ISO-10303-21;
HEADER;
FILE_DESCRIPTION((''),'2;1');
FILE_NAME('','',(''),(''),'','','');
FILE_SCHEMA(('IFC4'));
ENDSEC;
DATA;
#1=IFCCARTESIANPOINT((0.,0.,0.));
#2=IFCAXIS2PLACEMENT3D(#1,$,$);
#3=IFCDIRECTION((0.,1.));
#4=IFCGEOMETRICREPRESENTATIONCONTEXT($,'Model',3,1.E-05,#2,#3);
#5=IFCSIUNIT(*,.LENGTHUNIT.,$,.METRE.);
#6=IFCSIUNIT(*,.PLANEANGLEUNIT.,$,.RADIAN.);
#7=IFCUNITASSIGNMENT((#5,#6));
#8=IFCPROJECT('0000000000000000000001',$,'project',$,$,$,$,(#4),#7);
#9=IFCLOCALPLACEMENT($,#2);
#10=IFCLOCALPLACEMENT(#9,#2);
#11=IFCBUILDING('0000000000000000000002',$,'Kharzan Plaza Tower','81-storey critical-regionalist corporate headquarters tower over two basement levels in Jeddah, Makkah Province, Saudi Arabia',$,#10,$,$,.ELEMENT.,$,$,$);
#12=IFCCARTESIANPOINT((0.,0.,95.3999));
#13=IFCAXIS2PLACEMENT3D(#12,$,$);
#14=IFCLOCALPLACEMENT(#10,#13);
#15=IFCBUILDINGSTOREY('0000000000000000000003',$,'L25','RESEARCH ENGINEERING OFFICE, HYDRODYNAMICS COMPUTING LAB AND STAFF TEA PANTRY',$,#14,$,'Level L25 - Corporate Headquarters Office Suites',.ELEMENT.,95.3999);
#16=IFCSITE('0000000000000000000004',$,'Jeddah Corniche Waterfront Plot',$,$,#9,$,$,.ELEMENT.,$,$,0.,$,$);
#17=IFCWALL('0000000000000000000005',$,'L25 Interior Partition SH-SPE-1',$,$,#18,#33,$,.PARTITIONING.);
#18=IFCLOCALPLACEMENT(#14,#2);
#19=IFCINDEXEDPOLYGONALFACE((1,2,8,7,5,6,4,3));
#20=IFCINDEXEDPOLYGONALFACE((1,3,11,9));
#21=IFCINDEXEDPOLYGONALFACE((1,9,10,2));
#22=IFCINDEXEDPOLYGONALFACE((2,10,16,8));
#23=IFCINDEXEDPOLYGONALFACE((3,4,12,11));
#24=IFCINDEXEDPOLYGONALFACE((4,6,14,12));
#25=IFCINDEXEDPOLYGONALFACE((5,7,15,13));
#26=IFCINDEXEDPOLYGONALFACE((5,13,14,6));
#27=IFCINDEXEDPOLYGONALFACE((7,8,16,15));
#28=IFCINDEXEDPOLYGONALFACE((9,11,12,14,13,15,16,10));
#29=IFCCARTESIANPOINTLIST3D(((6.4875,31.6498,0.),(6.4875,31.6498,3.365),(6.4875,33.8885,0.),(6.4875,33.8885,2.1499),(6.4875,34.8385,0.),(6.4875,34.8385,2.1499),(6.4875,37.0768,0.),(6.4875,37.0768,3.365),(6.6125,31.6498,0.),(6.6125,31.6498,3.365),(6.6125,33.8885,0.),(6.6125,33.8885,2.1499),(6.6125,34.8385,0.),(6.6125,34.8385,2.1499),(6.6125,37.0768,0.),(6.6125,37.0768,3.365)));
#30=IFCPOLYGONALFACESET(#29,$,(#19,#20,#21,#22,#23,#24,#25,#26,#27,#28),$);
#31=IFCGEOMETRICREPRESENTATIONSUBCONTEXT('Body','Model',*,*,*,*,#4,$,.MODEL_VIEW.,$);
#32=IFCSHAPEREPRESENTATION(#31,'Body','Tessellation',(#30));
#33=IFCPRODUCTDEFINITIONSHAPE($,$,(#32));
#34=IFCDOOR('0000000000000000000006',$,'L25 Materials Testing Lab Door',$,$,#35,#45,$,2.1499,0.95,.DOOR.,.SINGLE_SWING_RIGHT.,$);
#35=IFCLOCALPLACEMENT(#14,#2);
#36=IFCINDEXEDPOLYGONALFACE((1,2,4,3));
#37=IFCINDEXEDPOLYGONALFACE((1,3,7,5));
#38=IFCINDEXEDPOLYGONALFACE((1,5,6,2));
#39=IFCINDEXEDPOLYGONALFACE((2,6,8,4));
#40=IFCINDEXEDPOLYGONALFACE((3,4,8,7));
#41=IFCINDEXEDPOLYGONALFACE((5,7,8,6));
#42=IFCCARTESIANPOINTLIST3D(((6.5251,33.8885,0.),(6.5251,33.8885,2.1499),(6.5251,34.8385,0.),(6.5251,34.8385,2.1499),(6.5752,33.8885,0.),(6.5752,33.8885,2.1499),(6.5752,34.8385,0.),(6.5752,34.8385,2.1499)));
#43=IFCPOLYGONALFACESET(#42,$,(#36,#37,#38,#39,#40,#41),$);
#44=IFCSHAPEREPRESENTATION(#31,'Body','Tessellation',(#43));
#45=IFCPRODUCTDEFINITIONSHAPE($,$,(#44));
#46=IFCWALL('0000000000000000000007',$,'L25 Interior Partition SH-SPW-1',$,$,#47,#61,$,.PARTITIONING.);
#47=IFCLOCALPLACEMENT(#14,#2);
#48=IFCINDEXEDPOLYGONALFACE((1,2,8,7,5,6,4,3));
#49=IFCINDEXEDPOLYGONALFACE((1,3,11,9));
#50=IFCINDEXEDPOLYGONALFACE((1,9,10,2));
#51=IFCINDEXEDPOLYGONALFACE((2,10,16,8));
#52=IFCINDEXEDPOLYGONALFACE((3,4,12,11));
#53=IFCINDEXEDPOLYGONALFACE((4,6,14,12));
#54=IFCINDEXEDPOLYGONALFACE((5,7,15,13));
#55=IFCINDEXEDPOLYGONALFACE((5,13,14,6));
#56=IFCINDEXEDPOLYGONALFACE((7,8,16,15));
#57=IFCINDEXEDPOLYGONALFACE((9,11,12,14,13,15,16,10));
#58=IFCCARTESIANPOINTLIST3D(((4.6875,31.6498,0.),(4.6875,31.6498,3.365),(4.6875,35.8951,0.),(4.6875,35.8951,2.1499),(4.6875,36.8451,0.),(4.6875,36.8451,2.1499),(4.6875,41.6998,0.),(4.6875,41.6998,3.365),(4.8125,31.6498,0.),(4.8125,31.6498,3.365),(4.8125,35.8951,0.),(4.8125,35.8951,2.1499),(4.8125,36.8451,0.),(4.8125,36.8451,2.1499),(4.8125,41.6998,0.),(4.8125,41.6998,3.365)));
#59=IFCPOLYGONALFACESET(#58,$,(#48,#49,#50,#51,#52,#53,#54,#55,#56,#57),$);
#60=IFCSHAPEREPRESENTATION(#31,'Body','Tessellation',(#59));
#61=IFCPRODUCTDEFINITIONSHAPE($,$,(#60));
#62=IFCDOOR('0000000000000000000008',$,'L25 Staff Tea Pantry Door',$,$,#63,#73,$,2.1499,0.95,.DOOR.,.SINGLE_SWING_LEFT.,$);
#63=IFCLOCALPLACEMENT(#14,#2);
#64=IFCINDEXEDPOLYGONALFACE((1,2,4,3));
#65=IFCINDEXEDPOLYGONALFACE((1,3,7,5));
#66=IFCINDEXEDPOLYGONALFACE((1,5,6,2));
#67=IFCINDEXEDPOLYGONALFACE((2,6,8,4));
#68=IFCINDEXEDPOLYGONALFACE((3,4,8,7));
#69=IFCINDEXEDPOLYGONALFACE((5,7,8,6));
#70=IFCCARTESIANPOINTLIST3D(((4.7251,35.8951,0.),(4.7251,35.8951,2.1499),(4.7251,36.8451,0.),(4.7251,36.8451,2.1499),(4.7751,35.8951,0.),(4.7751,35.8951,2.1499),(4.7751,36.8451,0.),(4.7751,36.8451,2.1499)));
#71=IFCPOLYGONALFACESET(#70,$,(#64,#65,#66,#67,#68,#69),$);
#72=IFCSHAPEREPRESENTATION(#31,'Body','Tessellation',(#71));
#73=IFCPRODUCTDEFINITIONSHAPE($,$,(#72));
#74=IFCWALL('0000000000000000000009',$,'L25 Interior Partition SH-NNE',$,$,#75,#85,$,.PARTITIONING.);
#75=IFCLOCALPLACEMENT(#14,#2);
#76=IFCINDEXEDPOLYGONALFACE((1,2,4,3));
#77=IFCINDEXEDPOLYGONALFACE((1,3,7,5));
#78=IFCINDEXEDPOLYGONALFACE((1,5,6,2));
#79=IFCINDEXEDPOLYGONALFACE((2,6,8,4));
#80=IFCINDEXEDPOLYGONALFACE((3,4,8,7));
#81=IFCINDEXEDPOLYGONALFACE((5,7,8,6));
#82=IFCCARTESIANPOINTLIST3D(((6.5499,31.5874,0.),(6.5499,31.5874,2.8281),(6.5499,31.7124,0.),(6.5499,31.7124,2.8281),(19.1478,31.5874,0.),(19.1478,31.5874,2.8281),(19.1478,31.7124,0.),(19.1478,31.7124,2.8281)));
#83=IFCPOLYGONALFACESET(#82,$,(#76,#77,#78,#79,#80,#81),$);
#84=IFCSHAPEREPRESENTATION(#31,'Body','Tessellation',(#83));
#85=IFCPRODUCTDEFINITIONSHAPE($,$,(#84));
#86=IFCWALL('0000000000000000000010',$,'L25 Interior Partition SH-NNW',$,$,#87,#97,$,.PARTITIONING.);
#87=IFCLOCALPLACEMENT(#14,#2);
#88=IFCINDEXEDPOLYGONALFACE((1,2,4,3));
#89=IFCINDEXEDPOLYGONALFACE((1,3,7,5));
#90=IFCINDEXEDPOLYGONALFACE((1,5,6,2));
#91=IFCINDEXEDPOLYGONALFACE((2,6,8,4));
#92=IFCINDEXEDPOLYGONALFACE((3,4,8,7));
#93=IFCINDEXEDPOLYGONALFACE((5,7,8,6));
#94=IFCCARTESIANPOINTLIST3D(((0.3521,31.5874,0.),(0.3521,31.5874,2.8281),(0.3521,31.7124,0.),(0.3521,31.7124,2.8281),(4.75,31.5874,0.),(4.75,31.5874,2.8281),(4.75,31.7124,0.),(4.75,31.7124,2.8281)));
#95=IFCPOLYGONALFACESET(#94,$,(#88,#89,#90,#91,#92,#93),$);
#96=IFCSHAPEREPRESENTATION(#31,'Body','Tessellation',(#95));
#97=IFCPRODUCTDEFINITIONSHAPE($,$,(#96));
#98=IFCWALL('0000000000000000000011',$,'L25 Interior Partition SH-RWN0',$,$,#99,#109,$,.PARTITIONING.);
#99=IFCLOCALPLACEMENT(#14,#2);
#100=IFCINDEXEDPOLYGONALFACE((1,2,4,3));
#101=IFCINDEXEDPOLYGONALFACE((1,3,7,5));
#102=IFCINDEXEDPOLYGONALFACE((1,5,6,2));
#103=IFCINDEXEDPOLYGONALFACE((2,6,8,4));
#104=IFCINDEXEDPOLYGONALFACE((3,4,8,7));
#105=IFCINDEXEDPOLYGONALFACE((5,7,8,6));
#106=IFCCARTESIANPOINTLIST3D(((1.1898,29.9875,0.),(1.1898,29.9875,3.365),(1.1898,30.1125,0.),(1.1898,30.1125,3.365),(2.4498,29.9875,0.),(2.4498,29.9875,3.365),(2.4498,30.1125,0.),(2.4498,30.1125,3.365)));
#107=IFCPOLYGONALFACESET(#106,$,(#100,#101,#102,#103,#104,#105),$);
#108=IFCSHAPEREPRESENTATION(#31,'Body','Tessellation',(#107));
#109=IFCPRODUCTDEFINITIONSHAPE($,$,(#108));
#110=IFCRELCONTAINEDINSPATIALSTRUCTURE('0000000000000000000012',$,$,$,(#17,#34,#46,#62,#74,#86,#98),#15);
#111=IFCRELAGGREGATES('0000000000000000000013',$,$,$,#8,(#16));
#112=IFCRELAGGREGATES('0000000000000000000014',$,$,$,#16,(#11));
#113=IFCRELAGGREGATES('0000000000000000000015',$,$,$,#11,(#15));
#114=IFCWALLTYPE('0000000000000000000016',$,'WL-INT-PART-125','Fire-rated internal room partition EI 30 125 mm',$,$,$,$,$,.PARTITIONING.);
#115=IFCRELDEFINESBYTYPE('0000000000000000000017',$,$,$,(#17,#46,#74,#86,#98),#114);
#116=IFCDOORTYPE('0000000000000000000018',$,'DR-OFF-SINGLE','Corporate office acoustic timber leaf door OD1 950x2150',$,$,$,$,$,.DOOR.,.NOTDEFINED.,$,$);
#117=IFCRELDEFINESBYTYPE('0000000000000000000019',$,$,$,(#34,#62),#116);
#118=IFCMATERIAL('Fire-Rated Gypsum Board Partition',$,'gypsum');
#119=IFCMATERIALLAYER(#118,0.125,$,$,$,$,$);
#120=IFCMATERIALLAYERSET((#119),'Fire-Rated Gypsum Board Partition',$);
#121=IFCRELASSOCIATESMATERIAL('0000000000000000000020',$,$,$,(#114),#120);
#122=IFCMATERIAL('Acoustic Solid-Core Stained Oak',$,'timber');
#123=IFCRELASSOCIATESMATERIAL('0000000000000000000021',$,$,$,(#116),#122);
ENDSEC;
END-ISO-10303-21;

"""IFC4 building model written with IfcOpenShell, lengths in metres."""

from ifc_helpers import new_model, si_unit, direction, frame, frame_2d, origin, place, context, subcontext, project, spatial, rectangle, extrude, source, transform, mapped, material, layer, layer_set, type_object, element, fill, save


model = new_model("IFC4")

# Units and contexts
model_context = context("Model", 3, precision=1e-05, world=origin(), true_north=direction((0.0, 1.0)))
body_context = subcontext(model_context, "Body", "Model", "MODEL_VIEW")
ifc_project = project(units=[si_unit("LENGTHUNIT", "METRE"), si_unit("PLANEANGLEUNIT", "RADIAN")], contexts=[model_context])

# Site, building, storey
site_placement = place(None, origin())
site = spatial("IfcSite", under=ifc_project, at=site_placement, Name="Jeddah Corniche Waterfront Plot", CompositionType="ELEMENT", RefElevation=0.0)
building_placement = place(site_placement, origin())
building = spatial("IfcBuilding", under=site, at=building_placement, Name="Kharzan Plaza Tower", Description="81-storey critical-regionalist corporate headquarters tower over two basement levels in Jeddah, Makkah Province, Saudi Arabia", CompositionType="ELEMENT")
storey_placement = place(building_placement, frame((0.0, 0.0, 95.3999)))
storey = spatial("IfcBuildingStorey", under=building, at=storey_placement, Name="L25", Description="RESEARCH ENGINEERING OFFICE, HYDRODYNAMICS COMPUTING LAB AND STAFF TEA PANTRY", LongName="Level L25 - Corporate Headquarters Office Suites", CompositionType="ELEMENT", Elevation=95.3999)

# Walls, openings, doors
ifc_material_1 = material(Name="Fire-Rated Gypsum Board Partition", Category="gypsum")
ifc_layer_1 = layer(ifc_material_1, 0.125)
ifc_layer_set_1 = layer_set([ifc_layer_1], Name="Fire-Rated Gypsum Board Partition")
wall_type_1 = type_object("IfcWallType", Name="WL-INT-PART-125", Description="Fire-rated internal room partition EI 30 125 mm", PredefinedType="PARTITIONING", material=ifc_layer_set_1)
ifc_material_2 = material(Name="Acoustic Solid-Core Stained Oak", Category="timber")
door_type = type_object("IfcDoorType", Name="DR-OFF-SINGLE", Description="Corporate office acoustic timber leaf door OD1 950x2150", OperationType="NOTDEFINED", PredefinedType="DOOR", material=ifc_material_2)
shared_shape_1 = source(origin(), body_context, "Body", "SweptSolid", [
    extrude(rectangle(XDim=0.95, YDim=2.1499, at=frame_2d((0.4751, 1.075))), frame((0.0, 0.0249, 0.0), z_axis=(0.0, -1.0, 0.0), x_axis=(1.0, 0.0, 0.0)), (0.0, 0.0, 1.0), 0.05),
])
wall_1_placement = place(storey_placement, frame((6.55, 31.6499, 0.0), z_axis=(0.0, 0.0, 1.0), x_axis=(0.0, 1.0, 0.0)))
wall_1 = element("IfcWall", 1, at=wall_1_placement, inside=storey, type_object=wall_type_1, Name="L25 Interior Partition SH-SPE-1", PredefinedType="PARTITIONING", context=body_context, shape_type="SweptSolid", body=[
    extrude(rectangle(XDim=5.427, YDim=0.125, at=frame_2d((2.7134, 0.0))), origin(), (0.0, 0.0, 1.0), 3.365),
])
opening_1_placement = place(wall_1_placement, frame((2.2385, 0.0, 0.0)))
opening_1 = element("IfcOpeningElement", 2, at=opening_1_placement, cuts=wall_1, PredefinedType="OPENING", context=body_context, shape_type="SweptSolid", body=[
    extrude(rectangle(XDim=0.95, YDim=2.1499, at=frame_2d((0.4751, 1.075))), frame((0.0, 0.0725, 0.0), z_axis=(0.0, -1.0, 0.0), x_axis=(1.0, 0.0, 0.0)), (0.0, 0.0, 1.0), 0.145),
])
door_1_placement = place(opening_1_placement, origin())
door_1 = element("IfcDoor", 3, at=door_1_placement, inside=storey, type_object=door_type, Name="L25 Materials Testing Lab Door", OperationType="SINGLE_SWING_RIGHT", OverallHeight=2.1499, OverallWidth=0.95, PredefinedType="DOOR", context=body_context, shape_type="MappedRepresentation", body=[
    mapped(shared_shape_1, transform((0.0, 0.0, 0.0), x_axis=(1.0, 0.0, 0.0), y_axis=(0.0, 1.0, 0.0), z_axis=(0.0, 0.0, 1.0))),
])
fill(opening_1, door_1)
wall_2_placement = place(storey_placement, frame((4.75, 31.6499, 0.0), z_axis=(0.0, 0.0, 1.0), x_axis=(0.0, 1.0, 0.0)))
wall_2 = element("IfcWall", 4, at=wall_2_placement, inside=storey, type_object=wall_type_1, Name="L25 Interior Partition SH-SPW-1", PredefinedType="PARTITIONING", context=body_context, shape_type="SweptSolid", body=[
    extrude(rectangle(XDim=10.05, YDim=0.125, at=frame_2d((5.0249, 0.0))), origin(), (0.0, 0.0, 1.0), 3.365),
])
opening_2_placement = place(wall_2_placement, frame((4.2451, 0.0, 0.0)))
opening_2 = element("IfcOpeningElement", 5, at=opening_2_placement, cuts=wall_2, PredefinedType="OPENING", context=body_context, shape_type="SweptSolid", body=[
    extrude(rectangle(XDim=0.95, YDim=2.1499, at=frame_2d((0.4751, 1.075))), frame((0.0, 0.0725, 0.0), z_axis=(0.0, -1.0, 0.0), x_axis=(1.0, 0.0, 0.0)), (0.0, 0.0, 1.0), 0.145),
])
door_2_placement = place(opening_2_placement, origin())
door_2 = element("IfcDoor", 6, at=door_2_placement, inside=storey, type_object=door_type, Name="L25 Staff Tea Pantry Door", OperationType="SINGLE_SWING_LEFT", OverallHeight=2.1499, OverallWidth=0.95, PredefinedType="DOOR", context=body_context, shape_type="MappedRepresentation", body=[
    mapped(shared_shape_1, transform((0.0, 0.0, 0.0), x_axis=(1.0, 0.0, 0.0), y_axis=(0.0, 1.0, 0.0), z_axis=(0.0, 0.0, 1.0))),
])
fill(opening_2, door_2)

# Walls
shared_shape_2 = source(origin(), body_context, "Body", "SweptSolid", [
    extrude(rectangle(XDim=12.5979, YDim=0.125, at=frame_2d((6.2988, 0.0))), origin(), (0.0, 0.0, 1.0), 2.8281),
])
wall_3_placement = place(storey_placement, frame((6.55, 31.6499, 0.0), z_axis=(0.0, 0.0, 1.0), x_axis=(1.0, 0.0, 0.0)))
element("IfcWall", 7, at=wall_3_placement, inside=storey, type_object=wall_type_1, Name="L25 Interior Partition SH-NNE", PredefinedType="PARTITIONING", context=body_context, shape_type="MappedRepresentation", body=[
    mapped(shared_shape_2, transform((0.0, 0.0, 0.0), x_axis=(1.0, 0.0, 0.0), y_axis=(0.0, 1.0, 0.0), z_axis=(0.0, 0.0, 1.0))),
])
shared_shape_3 = source(origin(), body_context, "Body", "SweptSolid", [
    extrude(rectangle(XDim=4.3979, YDim=0.125, at=frame_2d((2.199, 0.0))), origin(), (0.0, 0.0, 1.0), 2.8281),
])
wall_4_placement = place(storey_placement, frame((0.3521, 31.6499, 0.0), z_axis=(0.0, 0.0, 1.0), x_axis=(1.0, 0.0, 0.0)))
element("IfcWall", 8, at=wall_4_placement, inside=storey, type_object=wall_type_1, Name="L25 Interior Partition SH-NNW", PredefinedType="PARTITIONING", context=body_context, shape_type="MappedRepresentation", body=[
    mapped(shared_shape_3, transform((0.0, 0.0, 0.0), x_axis=(1.0, 0.0, 0.0), y_axis=(0.0, 1.0, 0.0), z_axis=(0.0, 0.0, 1.0))),
])
shared_shape_4 = source(origin(), body_context, "Body", "SweptSolid", [
    extrude(rectangle(XDim=1.26, YDim=0.125, at=frame_2d((0.6299, 0.0))), origin(), (0.0, 0.0, 1.0), 3.365),
])
wall_5_placement = place(storey_placement, frame((1.1899, 30.05, 0.0), z_axis=(0.0, 0.0, 1.0), x_axis=(1.0, 0.0, 0.0)))
element("IfcWall", 9, at=wall_5_placement, inside=storey, type_object=wall_type_1, Name="L25 Interior Partition SH-RWN0", PredefinedType="PARTITIONING", context=body_context, shape_type="MappedRepresentation", body=[
    mapped(shared_shape_4, transform((0.0, 0.0, 0.0), x_axis=(1.0, 0.0, 0.0), y_axis=(0.0, 1.0, 0.0), z_axis=(0.0, 0.0, 1.0))),
])

save(model, "model.ifc")
